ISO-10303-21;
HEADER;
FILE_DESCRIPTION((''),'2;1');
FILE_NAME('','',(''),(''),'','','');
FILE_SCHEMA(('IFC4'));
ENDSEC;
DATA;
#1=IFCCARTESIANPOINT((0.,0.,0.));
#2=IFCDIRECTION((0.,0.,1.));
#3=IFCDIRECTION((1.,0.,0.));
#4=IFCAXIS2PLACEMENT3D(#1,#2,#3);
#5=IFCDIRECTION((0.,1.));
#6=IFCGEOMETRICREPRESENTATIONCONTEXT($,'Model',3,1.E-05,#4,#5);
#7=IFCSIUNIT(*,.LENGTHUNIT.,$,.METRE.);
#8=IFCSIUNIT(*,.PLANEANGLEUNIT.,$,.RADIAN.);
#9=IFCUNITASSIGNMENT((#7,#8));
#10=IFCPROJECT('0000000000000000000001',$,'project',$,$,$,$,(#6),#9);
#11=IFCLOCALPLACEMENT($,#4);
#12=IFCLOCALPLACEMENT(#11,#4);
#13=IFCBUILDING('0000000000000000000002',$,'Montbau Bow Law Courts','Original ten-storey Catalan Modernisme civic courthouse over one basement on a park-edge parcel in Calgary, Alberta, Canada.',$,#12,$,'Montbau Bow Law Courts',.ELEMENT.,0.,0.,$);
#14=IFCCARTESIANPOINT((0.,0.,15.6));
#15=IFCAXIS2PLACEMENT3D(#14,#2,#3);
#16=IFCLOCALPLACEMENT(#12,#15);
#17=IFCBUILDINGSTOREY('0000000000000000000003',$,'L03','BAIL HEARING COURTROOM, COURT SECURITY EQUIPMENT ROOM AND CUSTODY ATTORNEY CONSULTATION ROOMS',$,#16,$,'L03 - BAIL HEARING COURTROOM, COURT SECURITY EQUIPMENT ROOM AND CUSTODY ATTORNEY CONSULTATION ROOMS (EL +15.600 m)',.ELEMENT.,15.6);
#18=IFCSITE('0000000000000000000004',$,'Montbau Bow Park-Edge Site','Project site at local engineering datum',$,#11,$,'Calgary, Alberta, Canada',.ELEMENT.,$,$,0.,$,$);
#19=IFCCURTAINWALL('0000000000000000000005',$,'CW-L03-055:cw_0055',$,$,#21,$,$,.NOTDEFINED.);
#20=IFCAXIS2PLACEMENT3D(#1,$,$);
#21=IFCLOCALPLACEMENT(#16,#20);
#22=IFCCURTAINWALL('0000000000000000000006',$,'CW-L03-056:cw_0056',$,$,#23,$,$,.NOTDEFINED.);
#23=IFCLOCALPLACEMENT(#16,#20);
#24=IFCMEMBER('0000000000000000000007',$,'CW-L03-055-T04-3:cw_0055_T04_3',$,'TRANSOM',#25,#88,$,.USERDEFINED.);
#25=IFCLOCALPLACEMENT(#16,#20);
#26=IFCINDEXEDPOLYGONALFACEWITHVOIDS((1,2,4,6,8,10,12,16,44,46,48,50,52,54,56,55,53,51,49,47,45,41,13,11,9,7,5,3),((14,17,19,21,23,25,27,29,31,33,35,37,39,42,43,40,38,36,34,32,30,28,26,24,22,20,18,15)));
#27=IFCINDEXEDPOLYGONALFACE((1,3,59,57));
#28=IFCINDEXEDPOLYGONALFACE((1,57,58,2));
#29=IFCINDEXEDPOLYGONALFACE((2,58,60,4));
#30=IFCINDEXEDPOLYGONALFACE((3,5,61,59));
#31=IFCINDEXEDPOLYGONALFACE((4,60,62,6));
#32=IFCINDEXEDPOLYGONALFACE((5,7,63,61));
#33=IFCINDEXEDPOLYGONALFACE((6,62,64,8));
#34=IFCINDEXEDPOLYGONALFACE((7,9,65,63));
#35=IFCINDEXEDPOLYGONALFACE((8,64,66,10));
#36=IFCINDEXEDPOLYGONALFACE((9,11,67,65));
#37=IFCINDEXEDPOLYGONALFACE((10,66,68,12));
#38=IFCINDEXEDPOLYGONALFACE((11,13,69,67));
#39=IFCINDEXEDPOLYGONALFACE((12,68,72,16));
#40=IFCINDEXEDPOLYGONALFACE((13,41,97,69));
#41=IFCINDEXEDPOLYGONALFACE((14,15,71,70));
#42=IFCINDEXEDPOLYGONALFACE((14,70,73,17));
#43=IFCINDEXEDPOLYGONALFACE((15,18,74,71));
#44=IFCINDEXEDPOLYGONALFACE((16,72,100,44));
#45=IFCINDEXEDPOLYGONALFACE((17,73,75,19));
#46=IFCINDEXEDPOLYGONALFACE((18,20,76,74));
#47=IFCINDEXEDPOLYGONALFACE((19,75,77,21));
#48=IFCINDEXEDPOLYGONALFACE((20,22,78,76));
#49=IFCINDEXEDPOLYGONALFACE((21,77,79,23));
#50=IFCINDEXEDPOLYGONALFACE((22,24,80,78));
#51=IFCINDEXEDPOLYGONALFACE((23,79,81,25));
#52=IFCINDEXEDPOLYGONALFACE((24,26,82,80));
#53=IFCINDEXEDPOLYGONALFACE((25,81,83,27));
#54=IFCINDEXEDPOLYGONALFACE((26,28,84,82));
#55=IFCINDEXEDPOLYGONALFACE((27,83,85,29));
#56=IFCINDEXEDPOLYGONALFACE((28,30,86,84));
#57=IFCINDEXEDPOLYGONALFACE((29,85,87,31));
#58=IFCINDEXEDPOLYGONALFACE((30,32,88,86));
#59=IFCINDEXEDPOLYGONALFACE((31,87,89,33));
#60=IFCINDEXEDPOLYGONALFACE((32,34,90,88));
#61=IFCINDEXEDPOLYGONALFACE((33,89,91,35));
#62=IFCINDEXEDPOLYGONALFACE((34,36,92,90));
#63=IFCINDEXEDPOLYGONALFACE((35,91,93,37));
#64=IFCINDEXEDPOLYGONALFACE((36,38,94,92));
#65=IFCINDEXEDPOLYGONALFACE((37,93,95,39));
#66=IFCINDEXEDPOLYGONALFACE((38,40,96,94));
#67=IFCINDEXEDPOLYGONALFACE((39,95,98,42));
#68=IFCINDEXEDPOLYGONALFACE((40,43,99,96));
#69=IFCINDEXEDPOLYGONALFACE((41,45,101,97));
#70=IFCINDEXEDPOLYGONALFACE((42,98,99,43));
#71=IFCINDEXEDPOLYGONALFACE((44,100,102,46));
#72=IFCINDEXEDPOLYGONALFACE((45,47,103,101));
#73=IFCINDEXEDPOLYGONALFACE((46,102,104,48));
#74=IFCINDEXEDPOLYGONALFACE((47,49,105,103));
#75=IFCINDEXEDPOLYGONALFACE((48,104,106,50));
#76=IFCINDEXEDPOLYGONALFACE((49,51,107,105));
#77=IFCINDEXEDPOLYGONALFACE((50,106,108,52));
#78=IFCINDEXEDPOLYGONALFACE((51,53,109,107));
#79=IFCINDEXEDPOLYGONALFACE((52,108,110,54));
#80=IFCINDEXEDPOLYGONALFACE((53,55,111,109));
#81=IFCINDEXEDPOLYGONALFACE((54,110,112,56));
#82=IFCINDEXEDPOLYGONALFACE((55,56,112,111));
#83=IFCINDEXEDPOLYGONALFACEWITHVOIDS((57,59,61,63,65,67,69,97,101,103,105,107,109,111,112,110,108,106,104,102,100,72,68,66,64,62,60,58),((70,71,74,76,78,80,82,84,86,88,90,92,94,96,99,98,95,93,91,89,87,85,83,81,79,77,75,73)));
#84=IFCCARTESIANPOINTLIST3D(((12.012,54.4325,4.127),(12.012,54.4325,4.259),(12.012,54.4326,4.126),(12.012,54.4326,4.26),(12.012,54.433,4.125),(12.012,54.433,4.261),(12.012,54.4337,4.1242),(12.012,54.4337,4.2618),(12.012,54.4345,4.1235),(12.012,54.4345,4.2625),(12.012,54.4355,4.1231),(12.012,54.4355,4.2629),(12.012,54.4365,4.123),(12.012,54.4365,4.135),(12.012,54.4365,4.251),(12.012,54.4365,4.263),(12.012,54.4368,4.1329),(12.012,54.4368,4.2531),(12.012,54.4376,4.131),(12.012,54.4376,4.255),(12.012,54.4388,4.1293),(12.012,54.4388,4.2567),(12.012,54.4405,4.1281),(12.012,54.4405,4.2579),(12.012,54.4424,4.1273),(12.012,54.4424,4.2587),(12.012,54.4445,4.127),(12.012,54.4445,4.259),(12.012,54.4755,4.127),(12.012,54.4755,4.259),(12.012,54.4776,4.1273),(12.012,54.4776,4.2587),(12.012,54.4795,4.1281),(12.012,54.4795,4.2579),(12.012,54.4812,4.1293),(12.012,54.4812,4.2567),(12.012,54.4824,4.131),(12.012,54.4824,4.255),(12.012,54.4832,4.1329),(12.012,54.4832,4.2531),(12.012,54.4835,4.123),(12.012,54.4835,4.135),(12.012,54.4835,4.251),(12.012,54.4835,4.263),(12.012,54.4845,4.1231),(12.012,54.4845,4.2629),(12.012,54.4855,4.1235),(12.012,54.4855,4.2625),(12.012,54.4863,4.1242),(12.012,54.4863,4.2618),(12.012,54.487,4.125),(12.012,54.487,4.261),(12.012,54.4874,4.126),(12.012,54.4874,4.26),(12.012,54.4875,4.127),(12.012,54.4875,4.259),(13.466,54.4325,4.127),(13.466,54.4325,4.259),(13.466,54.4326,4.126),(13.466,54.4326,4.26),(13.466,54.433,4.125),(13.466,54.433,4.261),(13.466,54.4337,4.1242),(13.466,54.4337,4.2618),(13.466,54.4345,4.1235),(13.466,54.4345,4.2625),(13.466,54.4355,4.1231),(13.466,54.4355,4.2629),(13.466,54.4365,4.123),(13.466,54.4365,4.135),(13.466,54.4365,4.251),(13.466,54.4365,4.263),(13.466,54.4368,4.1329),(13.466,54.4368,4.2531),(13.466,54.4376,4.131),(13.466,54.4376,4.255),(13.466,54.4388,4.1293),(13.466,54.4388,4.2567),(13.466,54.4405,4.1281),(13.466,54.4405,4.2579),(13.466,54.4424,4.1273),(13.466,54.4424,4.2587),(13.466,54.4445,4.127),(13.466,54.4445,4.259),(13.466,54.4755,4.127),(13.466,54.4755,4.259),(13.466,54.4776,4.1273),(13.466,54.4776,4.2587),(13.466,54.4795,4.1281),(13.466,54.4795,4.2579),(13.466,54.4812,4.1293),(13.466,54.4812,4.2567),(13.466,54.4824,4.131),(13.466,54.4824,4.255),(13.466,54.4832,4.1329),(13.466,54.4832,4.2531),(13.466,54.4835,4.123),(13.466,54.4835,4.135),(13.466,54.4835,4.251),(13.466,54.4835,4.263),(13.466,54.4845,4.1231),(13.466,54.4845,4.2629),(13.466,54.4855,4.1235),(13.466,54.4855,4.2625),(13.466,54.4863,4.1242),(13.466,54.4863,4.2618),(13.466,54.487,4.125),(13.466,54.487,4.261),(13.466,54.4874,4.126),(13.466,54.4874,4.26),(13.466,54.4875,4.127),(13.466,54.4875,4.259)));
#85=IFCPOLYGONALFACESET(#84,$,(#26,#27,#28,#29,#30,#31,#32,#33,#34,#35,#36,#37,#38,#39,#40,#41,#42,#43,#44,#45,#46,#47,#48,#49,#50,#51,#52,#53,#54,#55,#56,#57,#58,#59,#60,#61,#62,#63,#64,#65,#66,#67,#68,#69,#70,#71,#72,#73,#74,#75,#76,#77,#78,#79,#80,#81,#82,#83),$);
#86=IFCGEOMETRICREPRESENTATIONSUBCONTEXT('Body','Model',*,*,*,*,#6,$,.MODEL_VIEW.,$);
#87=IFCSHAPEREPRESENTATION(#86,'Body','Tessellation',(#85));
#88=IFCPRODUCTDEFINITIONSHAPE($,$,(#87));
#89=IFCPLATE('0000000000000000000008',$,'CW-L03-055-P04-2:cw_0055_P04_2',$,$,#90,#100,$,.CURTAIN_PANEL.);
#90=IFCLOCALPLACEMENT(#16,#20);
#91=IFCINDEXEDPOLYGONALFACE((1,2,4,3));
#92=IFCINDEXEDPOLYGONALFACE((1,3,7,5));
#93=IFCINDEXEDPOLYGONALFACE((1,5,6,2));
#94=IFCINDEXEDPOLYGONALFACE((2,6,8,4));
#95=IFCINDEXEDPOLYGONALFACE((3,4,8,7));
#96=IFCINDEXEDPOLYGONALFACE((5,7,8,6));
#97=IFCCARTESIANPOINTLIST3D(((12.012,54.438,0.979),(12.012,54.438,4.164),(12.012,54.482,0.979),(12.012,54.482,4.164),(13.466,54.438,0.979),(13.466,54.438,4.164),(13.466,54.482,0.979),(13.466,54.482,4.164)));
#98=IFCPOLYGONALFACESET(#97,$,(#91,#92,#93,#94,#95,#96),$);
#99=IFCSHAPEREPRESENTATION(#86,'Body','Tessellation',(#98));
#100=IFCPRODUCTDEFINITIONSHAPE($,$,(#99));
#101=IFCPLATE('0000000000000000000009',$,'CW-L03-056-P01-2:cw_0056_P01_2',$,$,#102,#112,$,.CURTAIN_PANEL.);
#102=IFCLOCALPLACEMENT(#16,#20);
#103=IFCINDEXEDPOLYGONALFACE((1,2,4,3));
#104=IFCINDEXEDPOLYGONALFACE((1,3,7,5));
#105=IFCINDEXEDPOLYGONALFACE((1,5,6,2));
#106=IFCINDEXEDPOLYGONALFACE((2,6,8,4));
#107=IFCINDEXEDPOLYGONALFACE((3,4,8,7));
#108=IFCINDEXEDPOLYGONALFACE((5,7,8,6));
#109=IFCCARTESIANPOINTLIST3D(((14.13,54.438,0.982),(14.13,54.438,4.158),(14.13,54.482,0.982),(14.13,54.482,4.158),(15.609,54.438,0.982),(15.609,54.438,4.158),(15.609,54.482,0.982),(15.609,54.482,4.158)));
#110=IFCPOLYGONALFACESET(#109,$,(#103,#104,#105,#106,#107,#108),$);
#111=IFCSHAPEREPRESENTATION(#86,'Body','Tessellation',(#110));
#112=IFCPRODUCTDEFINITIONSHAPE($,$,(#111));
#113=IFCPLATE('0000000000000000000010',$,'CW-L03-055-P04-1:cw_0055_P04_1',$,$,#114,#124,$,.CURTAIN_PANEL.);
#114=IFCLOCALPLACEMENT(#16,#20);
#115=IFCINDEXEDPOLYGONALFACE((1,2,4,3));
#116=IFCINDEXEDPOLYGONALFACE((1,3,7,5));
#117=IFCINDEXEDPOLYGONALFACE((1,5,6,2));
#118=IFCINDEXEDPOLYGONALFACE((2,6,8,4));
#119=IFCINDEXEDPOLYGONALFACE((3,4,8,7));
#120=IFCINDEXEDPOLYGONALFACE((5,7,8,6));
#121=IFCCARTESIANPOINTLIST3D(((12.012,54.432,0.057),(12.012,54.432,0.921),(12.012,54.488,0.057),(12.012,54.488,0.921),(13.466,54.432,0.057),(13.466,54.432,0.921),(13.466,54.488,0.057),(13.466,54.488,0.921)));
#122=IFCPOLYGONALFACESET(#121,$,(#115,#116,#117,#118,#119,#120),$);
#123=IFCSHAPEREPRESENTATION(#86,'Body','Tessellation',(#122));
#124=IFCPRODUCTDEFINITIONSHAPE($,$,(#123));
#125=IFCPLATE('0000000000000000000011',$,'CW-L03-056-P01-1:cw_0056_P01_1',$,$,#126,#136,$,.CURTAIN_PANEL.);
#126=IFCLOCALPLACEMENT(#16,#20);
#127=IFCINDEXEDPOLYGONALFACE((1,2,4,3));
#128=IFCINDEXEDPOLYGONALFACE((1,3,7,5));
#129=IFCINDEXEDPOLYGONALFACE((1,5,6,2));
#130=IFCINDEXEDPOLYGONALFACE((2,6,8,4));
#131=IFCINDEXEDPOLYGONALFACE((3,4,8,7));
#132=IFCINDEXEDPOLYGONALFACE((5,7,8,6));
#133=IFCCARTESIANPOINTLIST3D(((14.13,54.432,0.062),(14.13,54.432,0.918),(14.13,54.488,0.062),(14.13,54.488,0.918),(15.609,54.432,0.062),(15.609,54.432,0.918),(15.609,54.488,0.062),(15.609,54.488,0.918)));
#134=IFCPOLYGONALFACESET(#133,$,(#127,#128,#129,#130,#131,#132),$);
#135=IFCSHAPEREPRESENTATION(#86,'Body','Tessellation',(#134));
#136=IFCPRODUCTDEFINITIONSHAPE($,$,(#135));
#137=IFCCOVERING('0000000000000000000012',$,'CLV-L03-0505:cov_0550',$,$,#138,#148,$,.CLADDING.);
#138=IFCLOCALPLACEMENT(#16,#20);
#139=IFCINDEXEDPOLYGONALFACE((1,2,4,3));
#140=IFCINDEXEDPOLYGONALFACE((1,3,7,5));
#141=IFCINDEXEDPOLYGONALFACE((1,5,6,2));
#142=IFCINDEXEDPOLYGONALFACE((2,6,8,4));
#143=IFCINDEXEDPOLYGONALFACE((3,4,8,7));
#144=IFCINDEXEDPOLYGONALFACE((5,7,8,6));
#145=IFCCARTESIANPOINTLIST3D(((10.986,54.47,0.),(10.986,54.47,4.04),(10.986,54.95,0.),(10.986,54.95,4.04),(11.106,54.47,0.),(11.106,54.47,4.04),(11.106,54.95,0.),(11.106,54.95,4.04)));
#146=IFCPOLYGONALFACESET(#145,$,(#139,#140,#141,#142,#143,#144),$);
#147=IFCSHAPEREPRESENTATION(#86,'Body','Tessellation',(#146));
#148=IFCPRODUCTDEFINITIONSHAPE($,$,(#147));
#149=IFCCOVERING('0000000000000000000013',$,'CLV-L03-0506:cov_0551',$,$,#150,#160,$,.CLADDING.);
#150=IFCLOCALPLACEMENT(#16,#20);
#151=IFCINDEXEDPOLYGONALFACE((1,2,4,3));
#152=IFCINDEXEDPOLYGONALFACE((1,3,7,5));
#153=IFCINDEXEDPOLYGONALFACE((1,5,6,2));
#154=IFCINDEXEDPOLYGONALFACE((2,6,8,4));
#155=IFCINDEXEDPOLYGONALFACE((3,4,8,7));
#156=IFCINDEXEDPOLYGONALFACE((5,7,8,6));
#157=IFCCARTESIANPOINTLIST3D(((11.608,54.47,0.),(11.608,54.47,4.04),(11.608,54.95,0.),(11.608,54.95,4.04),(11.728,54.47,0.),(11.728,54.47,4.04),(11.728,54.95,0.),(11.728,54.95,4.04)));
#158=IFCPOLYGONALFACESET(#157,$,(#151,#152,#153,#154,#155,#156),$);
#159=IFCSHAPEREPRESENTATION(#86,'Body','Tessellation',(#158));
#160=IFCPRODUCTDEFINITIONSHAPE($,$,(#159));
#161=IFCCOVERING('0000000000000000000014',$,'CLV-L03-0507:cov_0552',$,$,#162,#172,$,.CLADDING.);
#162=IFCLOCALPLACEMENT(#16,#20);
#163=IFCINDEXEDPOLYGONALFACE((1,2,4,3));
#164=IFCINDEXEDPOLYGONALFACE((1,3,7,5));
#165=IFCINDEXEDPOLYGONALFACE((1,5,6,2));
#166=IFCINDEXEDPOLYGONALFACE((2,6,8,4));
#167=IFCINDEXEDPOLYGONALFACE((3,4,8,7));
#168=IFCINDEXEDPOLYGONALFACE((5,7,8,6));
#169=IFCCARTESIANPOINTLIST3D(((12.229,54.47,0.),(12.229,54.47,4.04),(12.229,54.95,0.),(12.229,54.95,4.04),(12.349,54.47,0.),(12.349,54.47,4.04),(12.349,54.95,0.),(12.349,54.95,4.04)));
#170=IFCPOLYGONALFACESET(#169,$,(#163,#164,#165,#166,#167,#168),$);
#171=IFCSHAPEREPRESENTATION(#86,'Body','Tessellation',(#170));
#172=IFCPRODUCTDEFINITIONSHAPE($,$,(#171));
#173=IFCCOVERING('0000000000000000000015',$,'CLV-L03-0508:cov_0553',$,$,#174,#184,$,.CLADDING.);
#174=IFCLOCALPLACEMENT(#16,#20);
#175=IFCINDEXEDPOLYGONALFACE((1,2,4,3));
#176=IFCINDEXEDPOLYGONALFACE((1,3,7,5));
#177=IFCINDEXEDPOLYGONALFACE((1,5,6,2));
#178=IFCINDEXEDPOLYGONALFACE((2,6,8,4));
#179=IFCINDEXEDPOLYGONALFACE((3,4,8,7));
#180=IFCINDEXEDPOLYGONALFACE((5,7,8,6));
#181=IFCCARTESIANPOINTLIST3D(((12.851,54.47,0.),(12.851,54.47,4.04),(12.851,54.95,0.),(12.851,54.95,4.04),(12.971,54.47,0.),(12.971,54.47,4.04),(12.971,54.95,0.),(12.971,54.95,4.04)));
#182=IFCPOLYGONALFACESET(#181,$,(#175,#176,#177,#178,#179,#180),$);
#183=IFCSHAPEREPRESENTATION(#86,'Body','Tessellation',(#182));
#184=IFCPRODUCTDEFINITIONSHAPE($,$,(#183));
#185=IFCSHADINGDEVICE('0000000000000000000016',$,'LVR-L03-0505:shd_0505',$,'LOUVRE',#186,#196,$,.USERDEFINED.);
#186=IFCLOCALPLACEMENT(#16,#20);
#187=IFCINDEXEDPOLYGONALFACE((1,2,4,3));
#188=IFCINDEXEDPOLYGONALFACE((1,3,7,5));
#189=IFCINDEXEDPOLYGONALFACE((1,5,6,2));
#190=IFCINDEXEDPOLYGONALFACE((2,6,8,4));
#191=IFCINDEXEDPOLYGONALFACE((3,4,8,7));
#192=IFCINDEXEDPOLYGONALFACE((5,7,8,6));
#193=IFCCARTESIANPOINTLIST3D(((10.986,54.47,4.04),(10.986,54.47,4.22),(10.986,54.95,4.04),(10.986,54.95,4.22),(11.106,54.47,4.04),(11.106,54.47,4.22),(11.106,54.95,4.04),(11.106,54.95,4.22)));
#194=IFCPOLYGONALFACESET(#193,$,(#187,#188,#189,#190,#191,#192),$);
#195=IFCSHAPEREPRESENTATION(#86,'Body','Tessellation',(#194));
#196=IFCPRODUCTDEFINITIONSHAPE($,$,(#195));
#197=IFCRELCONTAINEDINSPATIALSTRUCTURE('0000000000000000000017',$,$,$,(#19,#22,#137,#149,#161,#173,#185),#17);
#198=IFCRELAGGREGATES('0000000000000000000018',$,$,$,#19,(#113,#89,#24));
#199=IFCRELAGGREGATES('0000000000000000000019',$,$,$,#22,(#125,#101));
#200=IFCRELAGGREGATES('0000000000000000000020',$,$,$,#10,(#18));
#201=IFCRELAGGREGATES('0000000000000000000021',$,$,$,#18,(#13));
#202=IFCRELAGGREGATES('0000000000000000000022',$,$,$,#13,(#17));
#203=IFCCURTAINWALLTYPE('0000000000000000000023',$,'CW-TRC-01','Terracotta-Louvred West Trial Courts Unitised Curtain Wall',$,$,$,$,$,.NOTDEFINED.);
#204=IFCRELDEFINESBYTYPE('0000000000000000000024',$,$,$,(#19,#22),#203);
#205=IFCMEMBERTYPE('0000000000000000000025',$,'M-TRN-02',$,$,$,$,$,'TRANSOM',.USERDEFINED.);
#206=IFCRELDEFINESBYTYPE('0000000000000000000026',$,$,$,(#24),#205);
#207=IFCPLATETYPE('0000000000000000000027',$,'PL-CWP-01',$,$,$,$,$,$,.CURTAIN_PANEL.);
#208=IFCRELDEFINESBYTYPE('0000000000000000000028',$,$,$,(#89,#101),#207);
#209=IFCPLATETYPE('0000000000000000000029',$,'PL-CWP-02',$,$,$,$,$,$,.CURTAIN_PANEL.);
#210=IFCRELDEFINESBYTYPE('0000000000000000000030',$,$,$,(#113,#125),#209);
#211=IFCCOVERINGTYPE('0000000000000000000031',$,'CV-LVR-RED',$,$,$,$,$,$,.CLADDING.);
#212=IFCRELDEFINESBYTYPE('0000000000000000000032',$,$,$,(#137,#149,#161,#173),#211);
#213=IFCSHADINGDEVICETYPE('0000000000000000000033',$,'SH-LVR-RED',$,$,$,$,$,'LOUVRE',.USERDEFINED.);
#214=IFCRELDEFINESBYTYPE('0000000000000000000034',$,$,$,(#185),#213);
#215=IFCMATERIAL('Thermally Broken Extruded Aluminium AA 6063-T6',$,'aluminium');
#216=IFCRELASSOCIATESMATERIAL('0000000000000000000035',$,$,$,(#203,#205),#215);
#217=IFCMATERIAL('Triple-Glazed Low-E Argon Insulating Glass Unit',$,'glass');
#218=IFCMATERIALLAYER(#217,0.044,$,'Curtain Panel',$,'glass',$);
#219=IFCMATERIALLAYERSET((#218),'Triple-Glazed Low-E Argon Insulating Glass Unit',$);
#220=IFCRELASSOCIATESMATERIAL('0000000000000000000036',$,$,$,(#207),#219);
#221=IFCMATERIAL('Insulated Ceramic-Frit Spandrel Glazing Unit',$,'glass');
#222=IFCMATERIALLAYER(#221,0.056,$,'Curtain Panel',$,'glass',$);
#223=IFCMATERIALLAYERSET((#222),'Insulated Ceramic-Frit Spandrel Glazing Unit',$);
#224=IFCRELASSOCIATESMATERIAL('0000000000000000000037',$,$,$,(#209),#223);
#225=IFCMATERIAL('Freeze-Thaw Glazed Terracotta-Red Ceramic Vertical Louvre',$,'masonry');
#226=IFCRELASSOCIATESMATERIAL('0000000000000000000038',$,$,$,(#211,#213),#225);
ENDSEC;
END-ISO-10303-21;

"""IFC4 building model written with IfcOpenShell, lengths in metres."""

from ifc_helpers import new_model, si_unit, direction, frame, frame_2d, origin_with_axes, origin_2d_with_axis, place, context, subcontext, project, spatial, rectangle, hollow_rectangle, extrude, material, layer, layer_set, material_profile, profile_set, type_object, element, aggregate, save


model = new_model("IFC4")

# Units and contexts
model_context = context("Model", 3, precision=1e-05, world=origin_with_axes(), true_north=direction((0.0, 1.0)))
body_context = subcontext(model_context, "Body", "Model", "MODEL_VIEW")
ifc_project = project(units=[si_unit("LENGTHUNIT", "METRE"), si_unit("PLANEANGLEUNIT", "RADIAN")], contexts=[model_context])

# Site, building, storey
site_placement = place(None, origin_with_axes())
site = spatial("IfcSite", under=ifc_project, at=site_placement, Name="Montbau Bow Park-Edge Site", Description="Project site at local engineering datum", LongName="Calgary, Alberta, Canada", CompositionType="ELEMENT", RefElevation=0.0)
building_placement = place(site_placement, origin_with_axes())
building = spatial("IfcBuilding", under=site, at=building_placement, Name="Montbau Bow Law Courts", Description="Original ten-storey Catalan Modernisme civic courthouse over one basement on a park-edge parcel in Calgary, Alberta, Canada.", LongName="Montbau Bow Law Courts", CompositionType="ELEMENT", ElevationOfRefHeight=0.0, ElevationOfTerrain=0.0)
storey_placement = place(building_placement, frame((0.0, 0.0, 15.6), z_axis=(0.0, 0.0, 1.0), x_axis=(1.0, 0.0, 0.0)))
storey = spatial("IfcBuildingStorey", under=building, at=storey_placement, Name="L03", Description="BAIL HEARING COURTROOM, COURT SECURITY EQUIPMENT ROOM AND CUSTODY ATTORNEY CONSULTATION ROOMS", LongName="L03 - BAIL HEARING COURTROOM, COURT SECURITY EQUIPMENT ROOM AND CUSTODY ATTORNEY CONSULTATION ROOMS (EL +15.600 m)", CompositionType="ELEMENT", Elevation=15.6)

# Curtain walls
ifc_material_1 = material(Name="Thermally Broken Extruded Aluminium AA 6063-T6", Category="aluminium")
curtain_wall_type = type_object("IfcCurtainWallType", Name="CW-TRC-01", Description="Terracotta-Louvred West Trial Courts Unitised Curtain Wall", PredefinedType="NOTDEFINED", material=ifc_material_1)
curtain_wall_1_placement = place(None, frame((7.315, 54.46, 15.6), z_axis=(0.0, 0.0, 1.0), x_axis=(1.0, 0.0, 0.0)))
curtain_wall_1 = element("IfcCurtainWall", 1, at=curtain_wall_1_placement, inside=storey, type_object=curtain_wall_type, Name="CW-L03-055:cw_0055", PredefinedType="NOTDEFINED")
curtain_wall_2_placement = place(None, frame((14.068, 54.46, 15.6), z_axis=(0.0, 0.0, 1.0), x_axis=(1.0, 0.0, 0.0)))
curtain_wall_2 = element("IfcCurtainWall", 2, at=curtain_wall_2_placement, inside=storey, type_object=curtain_wall_type, Name="CW-L03-056:cw_0056", PredefinedType="NOTDEFINED")

# Member
ifc_material_profile_1 = material_profile(ifc_material_1, hollow_rectangle(XDim=0.055, YDim=0.14, WallThickness=0.004, InnerFilletRadius=0.008, OuterFilletRadius=0.004, at=origin_2d_with_axis()), Name="CWT-140X55", Category="Main", Priority=0)
ifc_profile_set_1 = profile_set([ifc_material_profile_1], Name="Thermally Broken Extruded Aluminium AA 6063-T6")
member_type_1 = type_object("IfcMemberType", Name="M-TRN-02", ElementType="TRANSOM", PredefinedType="USERDEFINED", material=ifc_profile_set_1)
member_1_placement = place(None, frame((12.012, 54.46, 19.793), z_axis=(1.0, 0.0, 0.0), x_axis=(0.0, 1.0, 0.0)))
member_1 = element("IfcMember", 3, at=member_1_placement, type_object=member_type_1, Name="CW-L03-055-T04-3:cw_0055_T04_3", ObjectType="TRANSOM", PredefinedType="USERDEFINED", context=body_context, shape_type="SweptSolid", body=[
    extrude(hollow_rectangle(XDim=0.055, YDim=0.14, WallThickness=0.004, InnerFilletRadius=0.008, OuterFilletRadius=0.004, at=origin_2d_with_axis()), origin_with_axes(), (0.0, 0.0, 1.0), 1.454),
])

# Plates
ifc_material_2 = material(Name="Triple-Glazed Low-E Argon Insulating Glass Unit", Category="glass")
ifc_layer_1 = layer(ifc_material_2, 0.044, Name="Curtain Panel", Category="glass")
ifc_layer_set_1 = layer_set([ifc_layer_1], Name="Triple-Glazed Low-E Argon Insulating Glass Unit")
plate_type_1 = type_object("IfcPlateType", Name="PL-CWP-01", PredefinedType="CURTAIN_PANEL", material=ifc_layer_set_1)
plate_1_placement = place(None, frame((12.012, 54.46, 16.579), z_axis=(0.0, -1.0, 0.0), x_axis=(1.0, 0.0, 0.0)))
plate_1 = element("IfcPlate", 4, at=plate_1_placement, type_object=plate_type_1, Name="CW-L03-055-P04-2:cw_0055_P04_2", PredefinedType="CURTAIN_PANEL", context=body_context, shape_type="SweptSolid", body=[
    extrude(rectangle(XDim=1.454, YDim=3.185, at=frame_2d((0.727, 1.5925), x_axis=(1.0, 0.0))), frame((0.0, 0.0, -0.022), z_axis=(0.0, 0.0, 1.0), x_axis=(1.0, 0.0, 0.0)), (0.0, 0.0, 1.0), 0.044),
])
plate_2_placement = place(None, frame((14.13, 54.46, 16.582), z_axis=(0.0, -1.0, 0.0), x_axis=(1.0, 0.0, 0.0)))
plate_2 = element("IfcPlate", 5, at=plate_2_placement, type_object=plate_type_1, Name="CW-L03-056-P01-2:cw_0056_P01_2", PredefinedType="CURTAIN_PANEL", context=body_context, shape_type="SweptSolid", body=[
    extrude(rectangle(XDim=1.479, YDim=3.176, at=frame_2d((0.7395, 1.588), x_axis=(1.0, 0.0))), frame((0.0, 0.0, -0.022), z_axis=(0.0, 0.0, 1.0), x_axis=(1.0, 0.0, 0.0)), (0.0, 0.0, 1.0), 0.044),
])
ifc_material_3 = material(Name="Insulated Ceramic-Frit Spandrel Glazing Unit", Category="glass")
ifc_layer_2 = layer(ifc_material_3, 0.056, Name="Curtain Panel", Category="glass")
ifc_layer_set_2 = layer_set([ifc_layer_2], Name="Insulated Ceramic-Frit Spandrel Glazing Unit")
plate_type_2 = type_object("IfcPlateType", Name="PL-CWP-02", PredefinedType="CURTAIN_PANEL", material=ifc_layer_set_2)
plate_3_placement = place(None, frame((12.012, 54.46, 15.657), z_axis=(0.0, -1.0, 0.0), x_axis=(1.0, 0.0, 0.0)))
plate_3 = element("IfcPlate", 6, at=plate_3_placement, type_object=plate_type_2, Name="CW-L03-055-P04-1:cw_0055_P04_1", PredefinedType="CURTAIN_PANEL", context=body_context, shape_type="SweptSolid", body=[
    extrude(rectangle(XDim=1.454, YDim=0.864, at=frame_2d((0.727, 0.432), x_axis=(1.0, 0.0))), frame((0.0, 0.0, -0.028), z_axis=(0.0, 0.0, 1.0), x_axis=(1.0, 0.0, 0.0)), (0.0, 0.0, 1.0), 0.056),
])
aggregate(curtain_wall_1, [plate_3, plate_1, member_1])
plate_4_placement = place(None, frame((14.13, 54.46, 15.662), z_axis=(0.0, -1.0, 0.0), x_axis=(1.0, 0.0, 0.0)))
plate_4 = element("IfcPlate", 7, at=plate_4_placement, type_object=plate_type_2, Name="CW-L03-056-P01-1:cw_0056_P01_1", PredefinedType="CURTAIN_PANEL", context=body_context, shape_type="SweptSolid", body=[
    extrude(rectangle(XDim=1.479, YDim=0.856, at=frame_2d((0.7395, 0.428), x_axis=(1.0, 0.0))), frame((0.0, 0.0, -0.028), z_axis=(0.0, 0.0, 1.0), x_axis=(1.0, 0.0, 0.0)), (0.0, 0.0, 1.0), 0.056),
])
aggregate(curtain_wall_2, [plate_4, plate_2])

# Coverings
ifc_material_4 = material(Name="Freeze-Thaw Glazed Terracotta-Red Ceramic Vertical Louvre", Category="masonry")
covering_type = type_object("IfcCoveringType", Name="CV-LVR-RED", PredefinedType="CLADDING", material=ifc_material_4)
for number, where, z_axis, x_axis, name in (
    (8, (11.046, 54.47, 15.6), (1.0, 0.0, 0.0), (0.0, 1.0, 0.0), "CLV-L03-0505:cov_0550"),
    (9, (11.668, 54.47, 15.6), (1.0, 0.0, 0.0), (0.0, 1.0, 0.0), "CLV-L03-0506:cov_0551"),
    (10, (12.289, 54.47, 15.6), (1.0, 0.0, 0.0), (0.0, 1.0, 0.0), "CLV-L03-0507:cov_0552"),
    (11, (12.911, 54.47, 15.6), (1.0, 0.0, 0.0), (0.0, 1.0, 0.0), "CLV-L03-0508:cov_0553"),
):
    element("IfcCovering", number, at=place(None, frame(where, z_axis=z_axis, x_axis=x_axis)), inside=storey, type_object=covering_type, Name=name, PredefinedType="CLADDING", context=body_context, shape_type="SweptSolid", body=[
        extrude(rectangle(XDim=0.48, YDim=4.04, at=frame_2d((0.24, 2.02), x_axis=(1.0, 0.0))), frame((0.0, 0.0, -0.06), z_axis=(0.0, 0.0, 1.0), x_axis=(1.0, 0.0, 0.0)), (0.0, 0.0, 1.0), 0.12),
    ])

# Shading device
shading_device_type = type_object("IfcShadingDeviceType", Name="SH-LVR-RED", ElementType="LOUVRE", PredefinedType="USERDEFINED", material=ifc_material_4)
for number, where, z_axis, x_axis, name in (
    (12, (11.046, 54.71, 19.64), (0.0, 0.0, 1.0), (0.0, 1.0, 0.0), "LVR-L03-0505:shd_0505"),
):
    element("IfcShadingDevice", number, at=place(None, frame(where, z_axis=z_axis, x_axis=x_axis)), inside=storey, type_object=shading_device_type, Name=name, ObjectType="LOUVRE", PredefinedType="USERDEFINED", context=body_context, shape_type="SweptSolid", body=[
        extrude(rectangle(XDim=0.48, YDim=0.12, at=origin_2d_with_axis()), origin_with_axes(), (0.0, 0.0, 1.0), 0.18),
    ])

save(model, "model.ifc")
